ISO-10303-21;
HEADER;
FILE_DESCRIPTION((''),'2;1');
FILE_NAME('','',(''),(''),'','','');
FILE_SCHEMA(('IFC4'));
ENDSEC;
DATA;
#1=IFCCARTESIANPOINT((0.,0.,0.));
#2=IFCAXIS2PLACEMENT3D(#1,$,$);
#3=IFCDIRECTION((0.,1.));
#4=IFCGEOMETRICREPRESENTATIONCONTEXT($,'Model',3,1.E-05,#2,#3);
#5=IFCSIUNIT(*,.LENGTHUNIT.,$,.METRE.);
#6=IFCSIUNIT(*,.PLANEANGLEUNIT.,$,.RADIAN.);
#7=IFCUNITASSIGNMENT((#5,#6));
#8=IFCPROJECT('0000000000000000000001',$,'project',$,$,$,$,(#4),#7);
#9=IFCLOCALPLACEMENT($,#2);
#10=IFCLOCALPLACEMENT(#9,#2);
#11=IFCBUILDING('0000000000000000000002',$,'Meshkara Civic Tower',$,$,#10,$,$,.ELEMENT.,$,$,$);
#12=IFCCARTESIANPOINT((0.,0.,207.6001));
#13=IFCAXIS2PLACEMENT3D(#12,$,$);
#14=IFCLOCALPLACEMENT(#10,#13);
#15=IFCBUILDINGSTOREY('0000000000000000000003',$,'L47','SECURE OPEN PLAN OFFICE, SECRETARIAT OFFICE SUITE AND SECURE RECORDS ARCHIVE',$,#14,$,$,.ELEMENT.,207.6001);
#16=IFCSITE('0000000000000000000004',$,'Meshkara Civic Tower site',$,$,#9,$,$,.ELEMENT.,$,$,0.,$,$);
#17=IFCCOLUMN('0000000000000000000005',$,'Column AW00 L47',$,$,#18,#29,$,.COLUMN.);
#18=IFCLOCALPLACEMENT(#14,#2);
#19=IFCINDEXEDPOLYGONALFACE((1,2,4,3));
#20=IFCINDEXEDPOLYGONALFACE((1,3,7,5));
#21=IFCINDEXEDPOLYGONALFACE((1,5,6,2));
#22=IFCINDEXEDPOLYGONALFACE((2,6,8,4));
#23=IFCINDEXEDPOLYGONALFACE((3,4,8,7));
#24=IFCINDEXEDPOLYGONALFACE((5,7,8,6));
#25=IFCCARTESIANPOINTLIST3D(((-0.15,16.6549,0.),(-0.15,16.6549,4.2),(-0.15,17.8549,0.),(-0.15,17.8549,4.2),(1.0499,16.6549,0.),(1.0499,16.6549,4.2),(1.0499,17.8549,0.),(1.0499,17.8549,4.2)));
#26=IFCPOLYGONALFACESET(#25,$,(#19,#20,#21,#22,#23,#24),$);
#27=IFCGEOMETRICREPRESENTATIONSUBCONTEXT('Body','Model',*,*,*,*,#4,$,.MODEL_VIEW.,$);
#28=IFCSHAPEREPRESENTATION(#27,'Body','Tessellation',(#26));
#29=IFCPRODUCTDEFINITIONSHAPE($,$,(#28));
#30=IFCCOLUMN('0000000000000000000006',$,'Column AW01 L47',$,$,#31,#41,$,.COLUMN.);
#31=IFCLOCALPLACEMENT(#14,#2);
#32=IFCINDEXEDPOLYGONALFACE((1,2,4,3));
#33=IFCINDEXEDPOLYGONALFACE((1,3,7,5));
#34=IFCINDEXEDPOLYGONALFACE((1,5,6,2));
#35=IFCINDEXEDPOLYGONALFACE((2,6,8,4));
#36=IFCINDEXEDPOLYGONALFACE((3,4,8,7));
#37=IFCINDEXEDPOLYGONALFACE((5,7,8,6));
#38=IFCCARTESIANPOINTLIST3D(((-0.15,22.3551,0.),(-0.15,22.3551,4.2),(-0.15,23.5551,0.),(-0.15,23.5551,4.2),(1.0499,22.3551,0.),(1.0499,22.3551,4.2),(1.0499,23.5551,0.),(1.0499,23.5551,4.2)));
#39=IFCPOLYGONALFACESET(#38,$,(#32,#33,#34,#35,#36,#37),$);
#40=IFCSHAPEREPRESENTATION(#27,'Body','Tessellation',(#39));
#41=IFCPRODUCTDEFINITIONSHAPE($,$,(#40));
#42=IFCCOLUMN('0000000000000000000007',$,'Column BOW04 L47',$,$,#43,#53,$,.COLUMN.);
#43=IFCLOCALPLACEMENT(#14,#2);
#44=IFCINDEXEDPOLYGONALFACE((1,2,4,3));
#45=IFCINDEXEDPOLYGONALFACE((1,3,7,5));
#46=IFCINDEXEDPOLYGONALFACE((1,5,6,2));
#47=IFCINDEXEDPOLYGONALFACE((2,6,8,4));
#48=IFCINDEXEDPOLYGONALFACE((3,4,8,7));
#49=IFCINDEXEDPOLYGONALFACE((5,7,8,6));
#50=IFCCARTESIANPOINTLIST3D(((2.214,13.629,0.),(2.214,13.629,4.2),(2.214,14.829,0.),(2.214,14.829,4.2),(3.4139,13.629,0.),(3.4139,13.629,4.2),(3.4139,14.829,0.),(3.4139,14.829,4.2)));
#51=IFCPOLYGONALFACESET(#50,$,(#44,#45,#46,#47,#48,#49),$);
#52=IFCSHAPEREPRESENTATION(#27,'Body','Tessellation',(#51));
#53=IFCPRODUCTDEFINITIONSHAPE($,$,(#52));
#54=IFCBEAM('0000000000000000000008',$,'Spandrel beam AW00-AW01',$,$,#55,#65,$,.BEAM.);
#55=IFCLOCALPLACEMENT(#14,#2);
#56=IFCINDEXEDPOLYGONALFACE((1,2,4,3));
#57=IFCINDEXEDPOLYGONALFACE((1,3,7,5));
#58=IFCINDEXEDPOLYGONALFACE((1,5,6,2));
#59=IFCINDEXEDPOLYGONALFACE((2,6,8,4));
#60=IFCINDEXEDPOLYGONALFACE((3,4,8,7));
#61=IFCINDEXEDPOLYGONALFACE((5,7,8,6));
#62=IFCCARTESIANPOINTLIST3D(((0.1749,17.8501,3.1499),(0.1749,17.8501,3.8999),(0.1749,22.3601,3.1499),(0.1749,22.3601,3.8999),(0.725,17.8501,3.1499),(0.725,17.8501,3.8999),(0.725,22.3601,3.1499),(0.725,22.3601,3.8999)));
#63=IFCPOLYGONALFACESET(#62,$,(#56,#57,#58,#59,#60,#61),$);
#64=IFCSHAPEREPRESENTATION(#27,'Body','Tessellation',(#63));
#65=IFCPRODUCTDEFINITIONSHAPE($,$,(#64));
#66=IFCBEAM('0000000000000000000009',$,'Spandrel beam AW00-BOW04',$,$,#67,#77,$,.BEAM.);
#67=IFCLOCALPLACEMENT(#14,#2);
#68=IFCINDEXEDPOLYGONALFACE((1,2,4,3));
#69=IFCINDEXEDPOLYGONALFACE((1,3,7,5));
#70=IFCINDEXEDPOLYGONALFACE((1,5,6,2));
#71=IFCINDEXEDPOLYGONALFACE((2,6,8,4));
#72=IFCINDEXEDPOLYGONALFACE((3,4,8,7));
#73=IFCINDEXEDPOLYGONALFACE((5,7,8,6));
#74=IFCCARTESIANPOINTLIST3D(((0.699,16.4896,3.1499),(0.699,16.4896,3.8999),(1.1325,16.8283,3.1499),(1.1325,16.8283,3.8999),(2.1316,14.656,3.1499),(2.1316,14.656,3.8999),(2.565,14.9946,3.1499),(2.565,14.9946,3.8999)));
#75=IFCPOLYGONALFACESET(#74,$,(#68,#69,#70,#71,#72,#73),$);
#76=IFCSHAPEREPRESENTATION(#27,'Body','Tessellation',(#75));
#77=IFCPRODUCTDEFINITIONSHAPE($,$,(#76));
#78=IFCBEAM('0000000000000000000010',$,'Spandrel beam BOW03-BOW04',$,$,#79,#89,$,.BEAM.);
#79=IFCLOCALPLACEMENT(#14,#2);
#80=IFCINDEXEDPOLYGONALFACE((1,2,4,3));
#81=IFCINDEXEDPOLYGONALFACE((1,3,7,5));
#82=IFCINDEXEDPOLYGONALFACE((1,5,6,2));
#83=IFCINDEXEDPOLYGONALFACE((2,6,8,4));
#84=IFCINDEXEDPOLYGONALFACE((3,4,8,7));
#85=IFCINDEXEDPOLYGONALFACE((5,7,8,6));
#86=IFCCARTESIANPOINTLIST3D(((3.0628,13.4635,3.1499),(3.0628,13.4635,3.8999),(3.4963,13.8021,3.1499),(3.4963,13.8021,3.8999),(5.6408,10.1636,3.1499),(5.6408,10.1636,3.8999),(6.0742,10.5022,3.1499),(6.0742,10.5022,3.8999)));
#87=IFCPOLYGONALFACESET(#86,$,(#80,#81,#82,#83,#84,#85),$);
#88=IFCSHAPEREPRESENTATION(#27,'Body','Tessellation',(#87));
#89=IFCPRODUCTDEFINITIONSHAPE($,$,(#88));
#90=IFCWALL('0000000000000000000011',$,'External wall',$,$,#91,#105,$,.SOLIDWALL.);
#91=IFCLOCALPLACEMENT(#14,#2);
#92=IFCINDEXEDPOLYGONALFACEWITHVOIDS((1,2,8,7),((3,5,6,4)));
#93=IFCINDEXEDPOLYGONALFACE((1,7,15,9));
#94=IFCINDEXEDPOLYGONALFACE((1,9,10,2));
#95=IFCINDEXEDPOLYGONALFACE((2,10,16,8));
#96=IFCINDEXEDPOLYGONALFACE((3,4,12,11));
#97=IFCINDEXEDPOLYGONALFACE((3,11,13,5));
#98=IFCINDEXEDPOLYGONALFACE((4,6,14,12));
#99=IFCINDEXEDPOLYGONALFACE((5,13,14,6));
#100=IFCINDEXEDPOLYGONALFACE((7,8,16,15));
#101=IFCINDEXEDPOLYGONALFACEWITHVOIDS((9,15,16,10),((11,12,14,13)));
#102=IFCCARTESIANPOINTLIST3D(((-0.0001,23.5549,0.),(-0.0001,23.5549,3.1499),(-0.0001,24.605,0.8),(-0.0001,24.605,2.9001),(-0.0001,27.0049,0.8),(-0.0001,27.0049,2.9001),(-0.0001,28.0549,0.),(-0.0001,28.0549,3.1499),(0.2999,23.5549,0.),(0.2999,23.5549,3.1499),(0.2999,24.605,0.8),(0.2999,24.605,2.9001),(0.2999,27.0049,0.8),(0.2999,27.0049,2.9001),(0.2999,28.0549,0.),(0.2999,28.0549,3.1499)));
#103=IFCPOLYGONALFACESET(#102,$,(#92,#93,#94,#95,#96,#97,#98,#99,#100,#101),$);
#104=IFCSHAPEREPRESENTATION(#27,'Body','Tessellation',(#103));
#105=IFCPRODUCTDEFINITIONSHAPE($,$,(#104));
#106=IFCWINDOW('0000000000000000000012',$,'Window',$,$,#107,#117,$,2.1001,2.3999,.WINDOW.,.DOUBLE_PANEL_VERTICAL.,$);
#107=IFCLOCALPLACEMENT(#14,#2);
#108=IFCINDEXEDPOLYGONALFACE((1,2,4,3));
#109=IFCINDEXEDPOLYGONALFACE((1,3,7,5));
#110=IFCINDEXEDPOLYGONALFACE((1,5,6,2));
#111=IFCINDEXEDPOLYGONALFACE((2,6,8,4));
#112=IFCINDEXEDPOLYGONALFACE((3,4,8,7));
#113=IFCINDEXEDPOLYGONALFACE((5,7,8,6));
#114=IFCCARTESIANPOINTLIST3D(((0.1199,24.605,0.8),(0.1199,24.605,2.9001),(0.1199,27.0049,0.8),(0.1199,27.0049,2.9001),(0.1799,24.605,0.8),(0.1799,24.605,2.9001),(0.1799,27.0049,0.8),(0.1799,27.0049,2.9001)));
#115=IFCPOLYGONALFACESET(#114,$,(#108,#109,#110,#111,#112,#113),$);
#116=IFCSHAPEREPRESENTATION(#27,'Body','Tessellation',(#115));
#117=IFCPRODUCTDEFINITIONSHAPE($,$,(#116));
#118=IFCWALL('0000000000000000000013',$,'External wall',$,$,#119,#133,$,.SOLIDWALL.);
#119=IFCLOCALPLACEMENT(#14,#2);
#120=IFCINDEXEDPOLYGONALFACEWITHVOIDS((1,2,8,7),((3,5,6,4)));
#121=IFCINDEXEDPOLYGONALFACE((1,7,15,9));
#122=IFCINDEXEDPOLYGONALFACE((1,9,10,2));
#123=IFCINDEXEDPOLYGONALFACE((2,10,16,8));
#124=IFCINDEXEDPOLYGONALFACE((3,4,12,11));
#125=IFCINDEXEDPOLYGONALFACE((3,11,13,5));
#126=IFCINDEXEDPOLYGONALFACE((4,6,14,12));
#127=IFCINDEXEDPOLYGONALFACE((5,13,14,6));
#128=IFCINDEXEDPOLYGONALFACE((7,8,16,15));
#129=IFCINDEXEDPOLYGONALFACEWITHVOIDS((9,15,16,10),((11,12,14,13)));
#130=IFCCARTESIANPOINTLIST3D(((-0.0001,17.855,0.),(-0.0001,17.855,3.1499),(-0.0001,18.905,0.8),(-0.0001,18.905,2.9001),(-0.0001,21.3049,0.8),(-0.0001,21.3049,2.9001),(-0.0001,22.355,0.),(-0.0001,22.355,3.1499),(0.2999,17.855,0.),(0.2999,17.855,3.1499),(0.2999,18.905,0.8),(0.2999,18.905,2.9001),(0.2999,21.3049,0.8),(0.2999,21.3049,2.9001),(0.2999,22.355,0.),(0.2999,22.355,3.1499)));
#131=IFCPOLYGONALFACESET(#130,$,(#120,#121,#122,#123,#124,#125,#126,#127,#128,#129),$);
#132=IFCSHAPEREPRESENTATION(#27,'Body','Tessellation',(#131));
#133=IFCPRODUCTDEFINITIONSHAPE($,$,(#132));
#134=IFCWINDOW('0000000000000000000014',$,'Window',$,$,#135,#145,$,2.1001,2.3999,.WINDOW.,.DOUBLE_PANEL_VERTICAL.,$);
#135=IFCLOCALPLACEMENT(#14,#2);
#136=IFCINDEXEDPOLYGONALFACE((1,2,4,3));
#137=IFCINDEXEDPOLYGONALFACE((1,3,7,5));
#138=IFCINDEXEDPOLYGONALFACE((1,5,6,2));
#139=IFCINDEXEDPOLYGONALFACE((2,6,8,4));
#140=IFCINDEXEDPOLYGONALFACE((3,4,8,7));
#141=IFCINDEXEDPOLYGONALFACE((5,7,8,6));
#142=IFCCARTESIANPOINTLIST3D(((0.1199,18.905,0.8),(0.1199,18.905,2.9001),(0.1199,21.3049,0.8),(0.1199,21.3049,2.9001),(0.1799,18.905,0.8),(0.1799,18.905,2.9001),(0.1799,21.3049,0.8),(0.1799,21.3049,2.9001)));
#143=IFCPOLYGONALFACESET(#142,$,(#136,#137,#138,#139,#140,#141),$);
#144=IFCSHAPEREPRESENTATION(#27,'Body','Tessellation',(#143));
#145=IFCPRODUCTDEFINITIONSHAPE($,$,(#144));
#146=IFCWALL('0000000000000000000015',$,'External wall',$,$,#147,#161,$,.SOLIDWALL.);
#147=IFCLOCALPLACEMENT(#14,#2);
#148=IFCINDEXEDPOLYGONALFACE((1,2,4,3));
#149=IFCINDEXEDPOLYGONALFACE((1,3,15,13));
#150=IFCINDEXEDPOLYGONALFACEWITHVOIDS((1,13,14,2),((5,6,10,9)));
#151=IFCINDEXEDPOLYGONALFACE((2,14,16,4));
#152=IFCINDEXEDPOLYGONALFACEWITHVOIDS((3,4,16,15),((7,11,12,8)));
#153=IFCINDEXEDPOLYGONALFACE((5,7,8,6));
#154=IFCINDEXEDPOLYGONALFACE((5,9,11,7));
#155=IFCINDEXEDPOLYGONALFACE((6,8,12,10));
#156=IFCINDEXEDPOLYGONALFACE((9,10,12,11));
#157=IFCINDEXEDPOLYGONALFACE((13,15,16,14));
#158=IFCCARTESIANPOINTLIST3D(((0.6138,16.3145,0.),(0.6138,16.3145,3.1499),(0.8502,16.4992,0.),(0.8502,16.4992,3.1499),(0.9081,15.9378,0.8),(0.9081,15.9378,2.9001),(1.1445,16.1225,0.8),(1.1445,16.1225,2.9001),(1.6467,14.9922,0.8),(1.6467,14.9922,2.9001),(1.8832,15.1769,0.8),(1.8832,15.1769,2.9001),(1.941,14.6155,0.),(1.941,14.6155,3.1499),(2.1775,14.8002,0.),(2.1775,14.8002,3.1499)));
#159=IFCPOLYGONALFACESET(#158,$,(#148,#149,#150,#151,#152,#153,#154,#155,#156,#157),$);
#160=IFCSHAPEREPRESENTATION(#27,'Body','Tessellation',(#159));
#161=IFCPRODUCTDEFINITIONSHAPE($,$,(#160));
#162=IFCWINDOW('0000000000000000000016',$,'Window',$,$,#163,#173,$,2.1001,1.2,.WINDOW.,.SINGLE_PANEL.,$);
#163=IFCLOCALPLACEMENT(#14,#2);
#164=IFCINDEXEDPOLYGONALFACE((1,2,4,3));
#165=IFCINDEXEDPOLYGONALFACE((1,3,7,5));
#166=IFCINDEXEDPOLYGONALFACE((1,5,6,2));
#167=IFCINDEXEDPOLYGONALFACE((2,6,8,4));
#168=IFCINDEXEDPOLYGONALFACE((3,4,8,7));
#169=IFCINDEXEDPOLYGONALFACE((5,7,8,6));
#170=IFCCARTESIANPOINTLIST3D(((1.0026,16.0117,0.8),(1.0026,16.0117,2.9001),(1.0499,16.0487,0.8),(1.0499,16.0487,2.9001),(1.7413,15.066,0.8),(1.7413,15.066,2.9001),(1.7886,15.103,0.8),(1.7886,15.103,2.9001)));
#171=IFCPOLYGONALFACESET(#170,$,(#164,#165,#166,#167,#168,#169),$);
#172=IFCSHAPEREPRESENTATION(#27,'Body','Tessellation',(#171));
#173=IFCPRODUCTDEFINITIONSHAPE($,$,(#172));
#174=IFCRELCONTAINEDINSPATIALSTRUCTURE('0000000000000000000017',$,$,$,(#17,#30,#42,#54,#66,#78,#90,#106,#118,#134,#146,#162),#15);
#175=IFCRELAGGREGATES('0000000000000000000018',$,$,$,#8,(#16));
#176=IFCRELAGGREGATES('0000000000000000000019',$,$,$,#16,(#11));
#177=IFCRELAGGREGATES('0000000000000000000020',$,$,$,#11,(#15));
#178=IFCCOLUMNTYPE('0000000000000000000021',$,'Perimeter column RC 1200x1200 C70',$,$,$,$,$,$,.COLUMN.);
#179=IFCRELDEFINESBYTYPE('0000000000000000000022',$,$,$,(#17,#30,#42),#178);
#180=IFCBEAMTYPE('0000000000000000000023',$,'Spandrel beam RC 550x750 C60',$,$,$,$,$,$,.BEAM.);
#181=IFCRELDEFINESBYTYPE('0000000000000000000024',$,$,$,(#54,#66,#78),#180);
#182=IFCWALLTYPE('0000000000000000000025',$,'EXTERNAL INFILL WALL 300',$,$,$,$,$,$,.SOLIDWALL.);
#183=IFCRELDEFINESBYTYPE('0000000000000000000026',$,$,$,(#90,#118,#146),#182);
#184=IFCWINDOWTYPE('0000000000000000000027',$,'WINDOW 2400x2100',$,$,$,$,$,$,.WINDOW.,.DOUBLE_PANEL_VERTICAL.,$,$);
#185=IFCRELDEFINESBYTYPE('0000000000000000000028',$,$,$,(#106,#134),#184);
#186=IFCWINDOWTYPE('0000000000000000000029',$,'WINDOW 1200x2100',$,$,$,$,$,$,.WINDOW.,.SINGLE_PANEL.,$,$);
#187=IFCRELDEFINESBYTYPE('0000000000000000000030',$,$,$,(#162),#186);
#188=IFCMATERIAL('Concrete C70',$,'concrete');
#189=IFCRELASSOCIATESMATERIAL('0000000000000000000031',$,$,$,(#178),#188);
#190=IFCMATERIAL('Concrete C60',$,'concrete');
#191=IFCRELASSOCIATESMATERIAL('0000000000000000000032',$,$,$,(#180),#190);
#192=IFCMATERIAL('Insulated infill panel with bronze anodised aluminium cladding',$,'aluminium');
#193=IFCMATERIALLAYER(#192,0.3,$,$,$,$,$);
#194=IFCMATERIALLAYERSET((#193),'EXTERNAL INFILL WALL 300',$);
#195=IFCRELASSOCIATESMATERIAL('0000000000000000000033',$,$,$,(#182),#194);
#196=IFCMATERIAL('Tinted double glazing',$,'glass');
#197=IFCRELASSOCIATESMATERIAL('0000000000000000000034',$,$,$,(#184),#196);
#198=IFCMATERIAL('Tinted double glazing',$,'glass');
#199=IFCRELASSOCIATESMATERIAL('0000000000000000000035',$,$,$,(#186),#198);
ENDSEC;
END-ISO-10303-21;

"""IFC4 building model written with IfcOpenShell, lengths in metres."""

from ifc_helpers import new_model, si_unit, direction, frame, frame_2d, origin, origin_2d, place, context, subcontext, project, spatial, rectangle, extrude, material, layer, layer_set, material_profile, profile_set, type_object, element, fill, save


model = new_model("IFC4")

# Units and contexts
model_context = context("Model", 3, precision=1e-05, world=origin(), true_north=direction((0.0, 1.0)))
body_context = subcontext(model_context, "Body", "Model", "MODEL_VIEW")
ifc_project = project(units=[si_unit("LENGTHUNIT", "METRE"), si_unit("PLANEANGLEUNIT", "RADIAN")], contexts=[model_context])

# Site, building, storey
site_placement = place(None, origin())
site = spatial("IfcSite", under=ifc_project, at=site_placement, Name="Meshkara Civic Tower site", CompositionType="ELEMENT", RefElevation=0.0)
building_placement = place(site_placement, origin())
building = spatial("IfcBuilding", under=site, at=building_placement, Name="Meshkara Civic Tower", CompositionType="ELEMENT")
storey_placement = place(building_placement, frame((0.0, 0.0, 207.6001)))
storey = spatial("IfcBuildingStorey", under=building, at=storey_placement, Name="L47", Description="SECURE OPEN PLAN OFFICE, SECRETARIAT OFFICE SUITE AND SECURE RECORDS ARCHIVE", CompositionType="ELEMENT", Elevation=207.6001)

# Columns
ifc_material_1 = material(Name="Concrete C70", Category="concrete")
ifc_material_profile_1 = material_profile(ifc_material_1, rectangle(XDim=1.2, YDim=1.2, at=origin_2d()))
ifc_profile_set_1 = profile_set([ifc_material_profile_1], Name="Concrete C70")
column_type = type_object("IfcColumnType", Name="Perimeter column RC 1200x1200 C70", PredefinedType="COLUMN", material=ifc_profile_set_1)
for number, where, z_axis, x_axis, name in (
    (1, (0.45, 17.2549, 0.0), (0.0, 0.0, 1.0), (1.0, 0.0, 0.0), "Column AW00 L47"),
    (2, (0.45, 22.9551, 0.0), (0.0, 0.0, 1.0), (1.0, 0.0, 0.0), "Column AW01 L47"),
    (3, (2.814, 14.229, 0.0), (0.0, 0.0, 1.0), (1.0, 0.0, 0.0), "Column BOW04 L47"),
):
    element("IfcColumn", number, at=place(storey_placement, frame(where, z_axis=z_axis, x_axis=x_axis)), inside=storey, type_object=column_type, Name=name, PredefinedType="COLUMN", context=body_context, shape_type="SweptSolid", body=[
        extrude(rectangle(XDim=1.2, YDim=1.2, at=origin_2d()), origin(), (0.0, 0.0, 1.0), 4.2),
    ])

# Beams
ifc_material_2 = material(Name="Concrete C60", Category="concrete")
ifc_material_profile_2 = material_profile(ifc_material_2, rectangle(XDim=0.55, YDim=0.75, at=origin_2d()))
ifc_profile_set_2 = profile_set([ifc_material_profile_2], Name="Concrete C60")
beam_type = type_object("IfcBeamType", Name="Spandrel beam RC 550x750 C60", PredefinedType="BEAM", material=ifc_profile_set_2)
beam_1_placement = place(storey_placement, frame((0.45, 22.3601, 3.5249), z_axis=(0.0, -1.0, 0.0), x_axis=(1.0, 0.0, 0.0)))
element("IfcBeam", 4, at=beam_1_placement, inside=storey, type_object=beam_type, Name="Spandrel beam AW00-AW01", PredefinedType="BEAM", context=body_context, shape_type="SweptSolid", body=[
    extrude(rectangle(XDim=0.55, YDim=0.75, at=origin_2d()), origin(), (0.0, 0.0, 1.0), 4.51),
])
beam_2_placement = place(storey_placement, frame((0.9158, 16.6589, 3.5249), z_axis=(0.615646, -0.788023, 0.0), x_axis=(0.788023, 0.615646, 0.0)))
element("IfcBeam", 5, at=beam_2_placement, inside=storey, type_object=beam_type, Name="Spandrel beam AW00-BOW04", PredefinedType="BEAM", context=body_context, shape_type="SweptSolid", body=[
    extrude(rectangle(XDim=0.55, YDim=0.75, at=origin_2d()), origin(), (0.0, 0.0, 1.0), 2.3269),
])
beam_3_placement = place(storey_placement, frame((3.2795, 13.6328, 3.5249), z_axis=(0.61563, -0.788035, 0.0), x_axis=(0.788035, 0.61563, 0.0)))
element("IfcBeam", 6, at=beam_3_placement, inside=storey, type_object=beam_type, Name="Spandrel beam BOW03-BOW04", PredefinedType="BEAM", context=body_context, shape_type="SweptSolid", body=[
    extrude(rectangle(XDim=0.55, YDim=0.75, at=origin_2d()), origin(), (0.0, 0.0, 1.0), 4.1875),
])

# Walls, openings, windows
ifc_material_3 = material(Name="Insulated infill panel with bronze anodised aluminium cladding", Category="aluminium")
ifc_layer = layer(ifc_material_3, 0.3)
ifc_layer_set = layer_set([ifc_layer], Name="EXTERNAL INFILL WALL 300")
wall_type = type_object("IfcWallType", Name="EXTERNAL INFILL WALL 300", PredefinedType="SOLIDWALL", material=ifc_layer_set)
wall_1_placement = place(storey_placement, frame((0.1499, 28.0549, 0.0), z_axis=(0.0, 0.0, 1.0), x_axis=(0.0, -1.0, 0.0)))
wall_1 = element("IfcWall", 7, at=wall_1_placement, inside=storey, type_object=wall_type, Name="External wall", PredefinedType="SOLIDWALL", context=body_context, shape_type="SweptSolid", body=[
    extrude(rectangle(XDim=4.5, YDim=0.3, at=frame_2d((2.25, 0.0))), origin(), (0.0, 0.0, 1.0), 3.1499),
])
opening_1_placement = place(wall_1_placement, frame((1.05, 0.0, 0.8)))
opening_1 = element("IfcOpeningElement", 8, at=opening_1_placement, cuts=wall_1, PredefinedType="OPENING", context=body_context, shape_type="SweptSolid", body=[
    extrude(rectangle(XDim=2.3999, YDim=2.1001, at=frame_2d((1.2, 1.05))), frame((0.0, 0.1599, 0.0), z_axis=(0.0, -1.0, 0.0), x_axis=(1.0, 0.0, 0.0)), (0.0, 0.0, 1.0), 0.3201),
])
ifc_material_4 = material(Name="Tinted double glazing", Category="glass")
window_type_1 = type_object("IfcWindowType", Name="WINDOW 2400x2100", PartitioningType="DOUBLE_PANEL_VERTICAL", PredefinedType="WINDOW", material=ifc_material_4)
window_1_placement = place(opening_1_placement, origin())
window_1 = element("IfcWindow", 9, at=window_1_placement, inside=storey, type_object=window_type_1, Name="Window", OverallHeight=2.1001, OverallWidth=2.3999, PartitioningType="DOUBLE_PANEL_VERTICAL", PredefinedType="WINDOW", context=body_context, shape_type="SweptSolid", body=[
    extrude(rectangle(XDim=2.3999, YDim=2.1001, at=frame_2d((1.2, 1.05))), frame((0.0, 0.03, 0.0), z_axis=(0.0, -1.0, 0.0), x_axis=(1.0, 0.0, 0.0)), (0.0, 0.0, 1.0), 0.0601),
])
fill(opening_1, window_1)
wall_2_placement = place(storey_placement, frame((0.1499, 22.355, 0.0), z_axis=(0.0, 0.0, 1.0), x_axis=(0.0, -1.0, 0.0)))
wall_2 = element("IfcWall", 10, at=wall_2_placement, inside=storey, type_object=wall_type, Name="External wall", PredefinedType="SOLIDWALL", context=body_context, shape_type="SweptSolid", body=[
    extrude(rectangle(XDim=4.5, YDim=0.3, at=frame_2d((2.25, 0.0))), origin(), (0.0, 0.0, 1.0), 3.1499),
])
opening_2_placement = place(wall_2_placement, frame((1.05, 0.0, 0.8)))
opening_2 = element("IfcOpeningElement", 11, at=opening_2_placement, cuts=wall_2, PredefinedType="OPENING", context=body_context, shape_type="SweptSolid", body=[
    extrude(rectangle(XDim=2.3999, YDim=2.1001, at=frame_2d((1.2, 1.05))), frame((0.0, 0.1599, 0.0), z_axis=(0.0, -1.0, 0.0), x_axis=(1.0, 0.0, 0.0)), (0.0, 0.0, 1.0), 0.3201),
])
window_2_placement = place(opening_2_placement, origin())
window_2 = element("IfcWindow", 12, at=window_2_placement, inside=storey, type_object=window_type_1, Name="Window", OverallHeight=2.1001, OverallWidth=2.3999, PartitioningType="DOUBLE_PANEL_VERTICAL", PredefinedType="WINDOW", context=body_context, shape_type="SweptSolid", body=[
    extrude(rectangle(XDim=2.3999, YDim=2.1001, at=frame_2d((1.2, 1.05))), frame((0.0, 0.03, 0.0), z_axis=(0.0, -1.0, 0.0), x_axis=(1.0, 0.0, 0.0)), (0.0, 0.0, 1.0), 0.0601),
])
fill(opening_2, window_2)
wall_3_placement = place(storey_placement, frame((0.7319, 16.407, 0.0), z_axis=(0.0, 0.0, 1.0), x_axis=(0.615593, -0.788064, 0.0)))
wall_3 = element("IfcWall", 13, at=wall_3_placement, inside=storey, type_object=wall_type, Name="External wall", PredefinedType="SOLIDWALL", context=body_context, shape_type="SweptSolid", body=[
    extrude(rectangle(XDim=2.156, YDim=0.3, at=frame_2d((1.0781, 0.0))), origin(), (0.0, 0.0, 1.0), 3.1499),
])
opening_3_placement = place(wall_3_placement, frame((0.478, 0.0, 0.8)))
opening_3 = element("IfcOpeningElement", 14, at=opening_3_placement, cuts=wall_3, PredefinedType="OPENING", context=body_context, shape_type="SweptSolid", body=[
    extrude(rectangle(XDim=1.2, YDim=2.1001, at=frame_2d((0.6001, 1.05))), frame((0.0, 0.1599, 0.0), z_axis=(0.0, -1.0, 0.0), x_axis=(1.0, 0.0, 0.0)), (0.0, 0.0, 1.0), 0.3201),
])
ifc_material_5 = material(Name="Tinted double glazing", Category="glass")
window_type_2 = type_object("IfcWindowType", Name="WINDOW 1200x2100", PartitioningType="SINGLE_PANEL", PredefinedType="WINDOW", material=ifc_material_5)
window_3_placement = place(opening_3_placement, origin())
window_3 = element("IfcWindow", 15, at=window_3_placement, inside=storey, type_object=window_type_2, Name="Window", OverallHeight=2.1001, OverallWidth=1.2, PartitioningType="SINGLE_PANEL", PredefinedType="WINDOW", context=body_context, shape_type="SweptSolid", body=[
    extrude(rectangle(XDim=1.2, YDim=2.1001, at=frame_2d((0.6001, 1.05))), frame((0.0, 0.03, 0.0), z_axis=(0.0, -1.0, 0.0), x_axis=(1.0, 0.0, 0.0)), (0.0, 0.0, 1.0), 0.0601),
])
fill(opening_3, window_3)

save(model, "model.ifc")
